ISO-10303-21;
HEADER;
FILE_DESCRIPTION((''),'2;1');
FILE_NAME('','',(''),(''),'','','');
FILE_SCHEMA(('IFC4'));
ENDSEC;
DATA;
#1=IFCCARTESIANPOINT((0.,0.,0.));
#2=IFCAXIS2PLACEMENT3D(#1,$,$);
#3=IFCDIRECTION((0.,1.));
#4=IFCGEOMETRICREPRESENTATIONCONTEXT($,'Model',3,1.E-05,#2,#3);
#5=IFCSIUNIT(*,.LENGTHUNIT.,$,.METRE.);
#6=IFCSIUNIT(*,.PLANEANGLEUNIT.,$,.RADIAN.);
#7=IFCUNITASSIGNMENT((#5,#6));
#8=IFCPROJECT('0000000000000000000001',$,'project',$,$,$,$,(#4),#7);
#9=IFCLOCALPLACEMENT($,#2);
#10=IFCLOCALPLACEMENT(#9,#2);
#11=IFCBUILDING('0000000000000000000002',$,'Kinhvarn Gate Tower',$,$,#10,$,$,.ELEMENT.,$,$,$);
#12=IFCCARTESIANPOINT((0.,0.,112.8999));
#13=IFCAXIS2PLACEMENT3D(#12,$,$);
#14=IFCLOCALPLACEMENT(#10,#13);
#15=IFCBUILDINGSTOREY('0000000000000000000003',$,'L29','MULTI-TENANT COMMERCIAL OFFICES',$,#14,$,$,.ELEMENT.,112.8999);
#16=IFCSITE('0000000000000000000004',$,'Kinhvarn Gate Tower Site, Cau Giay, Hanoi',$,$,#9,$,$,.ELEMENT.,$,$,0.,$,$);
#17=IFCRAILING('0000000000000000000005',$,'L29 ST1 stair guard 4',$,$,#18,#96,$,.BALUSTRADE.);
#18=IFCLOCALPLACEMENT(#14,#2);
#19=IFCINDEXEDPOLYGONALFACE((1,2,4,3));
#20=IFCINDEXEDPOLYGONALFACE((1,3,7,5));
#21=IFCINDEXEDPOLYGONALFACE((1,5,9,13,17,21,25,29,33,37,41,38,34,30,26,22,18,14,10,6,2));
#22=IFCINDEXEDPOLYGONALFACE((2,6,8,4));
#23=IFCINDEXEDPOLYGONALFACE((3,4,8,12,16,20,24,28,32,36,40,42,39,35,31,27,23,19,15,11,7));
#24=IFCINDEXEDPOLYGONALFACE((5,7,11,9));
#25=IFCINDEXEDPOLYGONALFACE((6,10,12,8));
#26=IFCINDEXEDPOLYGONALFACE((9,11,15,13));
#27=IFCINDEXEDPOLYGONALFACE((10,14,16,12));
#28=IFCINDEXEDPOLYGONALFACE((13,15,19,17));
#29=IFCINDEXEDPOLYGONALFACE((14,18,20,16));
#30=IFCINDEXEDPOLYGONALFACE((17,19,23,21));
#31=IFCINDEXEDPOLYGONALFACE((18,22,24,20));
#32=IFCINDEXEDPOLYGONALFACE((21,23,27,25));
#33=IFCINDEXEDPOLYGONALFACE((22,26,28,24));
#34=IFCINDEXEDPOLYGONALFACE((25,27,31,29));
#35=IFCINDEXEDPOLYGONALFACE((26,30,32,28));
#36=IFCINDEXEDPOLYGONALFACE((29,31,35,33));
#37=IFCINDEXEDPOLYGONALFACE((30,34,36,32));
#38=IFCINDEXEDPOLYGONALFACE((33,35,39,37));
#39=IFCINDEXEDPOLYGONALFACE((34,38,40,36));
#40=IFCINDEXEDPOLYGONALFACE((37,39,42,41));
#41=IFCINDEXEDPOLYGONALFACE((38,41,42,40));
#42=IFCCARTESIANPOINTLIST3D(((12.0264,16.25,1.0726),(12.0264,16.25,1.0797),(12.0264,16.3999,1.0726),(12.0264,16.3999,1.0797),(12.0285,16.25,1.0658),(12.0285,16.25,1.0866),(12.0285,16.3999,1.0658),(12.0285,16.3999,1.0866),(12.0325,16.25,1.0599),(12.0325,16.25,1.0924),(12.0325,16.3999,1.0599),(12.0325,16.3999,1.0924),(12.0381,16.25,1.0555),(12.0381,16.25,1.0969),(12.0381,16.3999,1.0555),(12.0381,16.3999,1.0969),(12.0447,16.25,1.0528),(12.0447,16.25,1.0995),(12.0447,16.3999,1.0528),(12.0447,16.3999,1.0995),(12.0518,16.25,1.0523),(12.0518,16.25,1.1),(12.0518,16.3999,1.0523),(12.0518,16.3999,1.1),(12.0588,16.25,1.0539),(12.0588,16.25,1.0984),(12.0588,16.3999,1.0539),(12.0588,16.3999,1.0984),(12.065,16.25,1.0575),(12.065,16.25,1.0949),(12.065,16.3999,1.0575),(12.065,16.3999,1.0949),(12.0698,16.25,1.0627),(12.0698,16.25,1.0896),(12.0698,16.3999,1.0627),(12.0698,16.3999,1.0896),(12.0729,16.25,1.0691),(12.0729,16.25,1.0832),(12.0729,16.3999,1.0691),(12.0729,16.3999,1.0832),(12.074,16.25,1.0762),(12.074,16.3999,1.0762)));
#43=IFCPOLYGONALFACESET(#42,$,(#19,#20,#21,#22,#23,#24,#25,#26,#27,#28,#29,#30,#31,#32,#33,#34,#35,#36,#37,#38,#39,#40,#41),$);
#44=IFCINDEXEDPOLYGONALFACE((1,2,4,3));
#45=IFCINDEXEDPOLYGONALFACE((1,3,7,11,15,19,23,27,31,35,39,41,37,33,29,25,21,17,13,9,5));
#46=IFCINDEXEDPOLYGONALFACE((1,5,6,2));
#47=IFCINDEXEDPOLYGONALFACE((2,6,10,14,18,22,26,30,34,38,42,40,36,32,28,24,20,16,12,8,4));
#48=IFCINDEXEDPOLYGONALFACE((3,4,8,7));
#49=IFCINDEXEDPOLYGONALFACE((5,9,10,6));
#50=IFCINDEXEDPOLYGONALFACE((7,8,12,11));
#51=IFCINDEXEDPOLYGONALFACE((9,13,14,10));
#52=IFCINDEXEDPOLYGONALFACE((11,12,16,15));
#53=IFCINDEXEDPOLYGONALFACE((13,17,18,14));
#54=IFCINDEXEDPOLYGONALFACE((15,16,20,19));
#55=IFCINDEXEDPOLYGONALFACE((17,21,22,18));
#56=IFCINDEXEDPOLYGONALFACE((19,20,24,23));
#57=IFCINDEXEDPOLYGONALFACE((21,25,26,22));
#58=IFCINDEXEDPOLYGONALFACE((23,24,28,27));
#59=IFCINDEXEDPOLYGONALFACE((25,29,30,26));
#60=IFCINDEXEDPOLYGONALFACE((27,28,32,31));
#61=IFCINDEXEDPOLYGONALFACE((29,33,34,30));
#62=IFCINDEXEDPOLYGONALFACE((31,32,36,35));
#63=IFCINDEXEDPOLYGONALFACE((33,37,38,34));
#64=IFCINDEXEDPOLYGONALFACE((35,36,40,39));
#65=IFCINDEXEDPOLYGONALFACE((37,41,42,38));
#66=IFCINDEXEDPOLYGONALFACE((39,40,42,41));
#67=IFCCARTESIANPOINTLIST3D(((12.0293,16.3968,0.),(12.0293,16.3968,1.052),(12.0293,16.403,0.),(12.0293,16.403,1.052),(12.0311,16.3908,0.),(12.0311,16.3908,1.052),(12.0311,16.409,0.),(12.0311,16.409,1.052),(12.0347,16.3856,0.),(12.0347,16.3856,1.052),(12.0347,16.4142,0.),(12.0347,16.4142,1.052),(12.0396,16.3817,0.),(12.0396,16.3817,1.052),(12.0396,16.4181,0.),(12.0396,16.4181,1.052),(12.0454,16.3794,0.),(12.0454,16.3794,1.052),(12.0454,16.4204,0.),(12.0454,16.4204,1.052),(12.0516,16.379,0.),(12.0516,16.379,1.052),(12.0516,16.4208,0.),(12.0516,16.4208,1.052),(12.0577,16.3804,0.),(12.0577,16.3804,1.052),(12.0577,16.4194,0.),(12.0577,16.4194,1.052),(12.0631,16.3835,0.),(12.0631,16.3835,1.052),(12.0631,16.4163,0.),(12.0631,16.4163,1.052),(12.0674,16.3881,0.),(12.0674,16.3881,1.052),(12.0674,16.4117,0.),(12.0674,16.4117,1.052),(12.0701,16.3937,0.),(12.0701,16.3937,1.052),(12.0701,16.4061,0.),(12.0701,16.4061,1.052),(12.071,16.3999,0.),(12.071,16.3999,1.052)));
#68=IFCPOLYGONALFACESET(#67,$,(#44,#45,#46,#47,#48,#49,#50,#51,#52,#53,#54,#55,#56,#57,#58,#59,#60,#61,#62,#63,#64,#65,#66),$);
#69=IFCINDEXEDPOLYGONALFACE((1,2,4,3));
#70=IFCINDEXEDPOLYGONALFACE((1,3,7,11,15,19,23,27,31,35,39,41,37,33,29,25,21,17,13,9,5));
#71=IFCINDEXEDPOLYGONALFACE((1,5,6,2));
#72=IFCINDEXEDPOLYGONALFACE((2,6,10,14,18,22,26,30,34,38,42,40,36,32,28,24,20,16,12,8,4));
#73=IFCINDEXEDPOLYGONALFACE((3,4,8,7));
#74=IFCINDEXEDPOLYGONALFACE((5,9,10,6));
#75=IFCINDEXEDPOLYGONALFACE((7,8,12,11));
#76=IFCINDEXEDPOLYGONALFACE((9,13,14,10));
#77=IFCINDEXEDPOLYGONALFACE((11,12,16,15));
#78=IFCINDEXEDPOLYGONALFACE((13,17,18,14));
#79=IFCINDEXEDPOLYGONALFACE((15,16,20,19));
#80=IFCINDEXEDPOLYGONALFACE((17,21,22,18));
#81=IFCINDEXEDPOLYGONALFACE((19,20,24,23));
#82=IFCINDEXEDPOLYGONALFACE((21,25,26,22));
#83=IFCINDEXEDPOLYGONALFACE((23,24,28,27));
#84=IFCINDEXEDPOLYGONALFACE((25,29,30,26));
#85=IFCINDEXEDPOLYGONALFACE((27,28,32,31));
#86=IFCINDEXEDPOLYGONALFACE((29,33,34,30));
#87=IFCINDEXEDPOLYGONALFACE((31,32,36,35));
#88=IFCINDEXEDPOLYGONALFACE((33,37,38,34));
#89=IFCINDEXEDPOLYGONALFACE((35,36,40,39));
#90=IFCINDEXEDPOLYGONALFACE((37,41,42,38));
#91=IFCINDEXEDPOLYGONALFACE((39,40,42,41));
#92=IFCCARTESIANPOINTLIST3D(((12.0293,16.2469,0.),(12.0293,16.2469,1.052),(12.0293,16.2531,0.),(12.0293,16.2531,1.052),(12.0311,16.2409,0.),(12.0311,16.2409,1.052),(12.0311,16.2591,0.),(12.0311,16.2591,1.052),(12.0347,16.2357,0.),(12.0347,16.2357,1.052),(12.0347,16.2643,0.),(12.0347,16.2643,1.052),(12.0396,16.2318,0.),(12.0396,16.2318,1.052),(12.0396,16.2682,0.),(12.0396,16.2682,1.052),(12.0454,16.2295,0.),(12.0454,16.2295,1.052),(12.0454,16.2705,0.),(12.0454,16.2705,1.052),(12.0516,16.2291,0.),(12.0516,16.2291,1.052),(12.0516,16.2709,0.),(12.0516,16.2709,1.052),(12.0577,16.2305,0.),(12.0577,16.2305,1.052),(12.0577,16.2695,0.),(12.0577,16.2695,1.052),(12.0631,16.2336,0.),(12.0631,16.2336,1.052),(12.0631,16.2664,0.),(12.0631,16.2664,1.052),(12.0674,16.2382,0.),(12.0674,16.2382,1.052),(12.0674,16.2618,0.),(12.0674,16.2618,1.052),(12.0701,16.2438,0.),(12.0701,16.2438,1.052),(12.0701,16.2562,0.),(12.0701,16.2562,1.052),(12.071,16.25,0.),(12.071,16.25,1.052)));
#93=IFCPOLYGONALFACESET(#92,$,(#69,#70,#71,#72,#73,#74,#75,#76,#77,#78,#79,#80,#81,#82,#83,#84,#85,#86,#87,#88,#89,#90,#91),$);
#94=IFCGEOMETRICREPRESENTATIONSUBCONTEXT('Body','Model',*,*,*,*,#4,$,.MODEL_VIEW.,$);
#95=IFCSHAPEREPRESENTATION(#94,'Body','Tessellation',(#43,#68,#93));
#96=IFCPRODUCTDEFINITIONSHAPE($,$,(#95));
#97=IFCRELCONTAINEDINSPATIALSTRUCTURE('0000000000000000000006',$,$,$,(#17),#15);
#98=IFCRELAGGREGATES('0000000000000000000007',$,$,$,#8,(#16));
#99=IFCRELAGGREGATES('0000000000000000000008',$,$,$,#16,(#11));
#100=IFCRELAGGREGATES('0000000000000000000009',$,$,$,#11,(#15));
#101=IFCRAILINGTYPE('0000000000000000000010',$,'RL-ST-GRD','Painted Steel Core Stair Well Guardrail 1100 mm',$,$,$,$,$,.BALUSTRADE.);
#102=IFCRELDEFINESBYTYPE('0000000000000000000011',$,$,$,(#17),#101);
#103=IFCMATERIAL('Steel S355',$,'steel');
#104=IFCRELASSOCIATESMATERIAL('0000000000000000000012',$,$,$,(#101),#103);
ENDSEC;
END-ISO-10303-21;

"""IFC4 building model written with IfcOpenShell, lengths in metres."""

from ifc_helpers import new_model, si_unit, direction, frame, origin, origin_2d, place, context, subcontext, project, spatial, circle, extrude, material, type_object, element, save


model = new_model("IFC4")

# Units and contexts
model_context = context("Model", 3, precision=1e-05, world=origin(), true_north=direction((0.0, 1.0)))
body_context = subcontext(model_context, "Body", "Model", "MODEL_VIEW")
ifc_project = project(units=[si_unit("LENGTHUNIT", "METRE"), si_unit("PLANEANGLEUNIT", "RADIAN")], contexts=[model_context])

# Site, building, storey
site_placement = place(None, origin())
site = spatial("IfcSite", under=ifc_project, at=site_placement, Name="Kinhvarn Gate Tower Site, Cau Giay, Hanoi", CompositionType="ELEMENT", RefElevation=0.0)
building_placement = place(site_placement, origin())
building = spatial("IfcBuilding", under=site, at=building_placement, Name="Kinhvarn Gate Tower", CompositionType="ELEMENT")
storey_placement = place(building_placement, frame((0.0, 0.0, 112.8999)))
storey = spatial("IfcBuildingStorey", under=building, at=storey_placement, Name="L29", Description="MULTI-TENANT COMMERCIAL OFFICES", CompositionType="ELEMENT", Elevation=112.8999)

# Shared definitions
ifc_material_1 = material(Name="Steel S355", Category="steel")

# Railing
railing_type_1 = type_object("IfcRailingType", Name="RL-ST-GRD", Description="Painted Steel Core Stair Well Guardrail 1100 mm", PredefinedType="BALUSTRADE", material=ifc_material_1)
railing_1_placement = place(storey_placement, frame((12.05, 16.3999, 0.0)))
element("IfcRailing", 1, at=railing_1_placement, inside=storey, type_object=railing_type_1, Name="L29 ST1 stair guard 4", PredefinedType="BALUSTRADE", context=body_context, shape_type="SweptSolid", body=[
    extrude(circle(Radius=0.0239, at=origin_2d()), frame((0.0, 0.0, 1.0762), z_axis=(0.0, -1.0, 0.0), x_axis=(1.0, 0.0, 0.0)), (0.0, 0.0, 1.0), 0.1499),
    extrude(circle(Radius=0.021, at=origin_2d()), origin(), (0.0, 0.0, 1.0), 1.052),
    extrude(circle(Radius=0.021, at=origin_2d()), frame((0.0, -0.1499, 0.0)), (0.0, 0.0, 1.0), 1.052),
])

save(model, "model.ifc")
